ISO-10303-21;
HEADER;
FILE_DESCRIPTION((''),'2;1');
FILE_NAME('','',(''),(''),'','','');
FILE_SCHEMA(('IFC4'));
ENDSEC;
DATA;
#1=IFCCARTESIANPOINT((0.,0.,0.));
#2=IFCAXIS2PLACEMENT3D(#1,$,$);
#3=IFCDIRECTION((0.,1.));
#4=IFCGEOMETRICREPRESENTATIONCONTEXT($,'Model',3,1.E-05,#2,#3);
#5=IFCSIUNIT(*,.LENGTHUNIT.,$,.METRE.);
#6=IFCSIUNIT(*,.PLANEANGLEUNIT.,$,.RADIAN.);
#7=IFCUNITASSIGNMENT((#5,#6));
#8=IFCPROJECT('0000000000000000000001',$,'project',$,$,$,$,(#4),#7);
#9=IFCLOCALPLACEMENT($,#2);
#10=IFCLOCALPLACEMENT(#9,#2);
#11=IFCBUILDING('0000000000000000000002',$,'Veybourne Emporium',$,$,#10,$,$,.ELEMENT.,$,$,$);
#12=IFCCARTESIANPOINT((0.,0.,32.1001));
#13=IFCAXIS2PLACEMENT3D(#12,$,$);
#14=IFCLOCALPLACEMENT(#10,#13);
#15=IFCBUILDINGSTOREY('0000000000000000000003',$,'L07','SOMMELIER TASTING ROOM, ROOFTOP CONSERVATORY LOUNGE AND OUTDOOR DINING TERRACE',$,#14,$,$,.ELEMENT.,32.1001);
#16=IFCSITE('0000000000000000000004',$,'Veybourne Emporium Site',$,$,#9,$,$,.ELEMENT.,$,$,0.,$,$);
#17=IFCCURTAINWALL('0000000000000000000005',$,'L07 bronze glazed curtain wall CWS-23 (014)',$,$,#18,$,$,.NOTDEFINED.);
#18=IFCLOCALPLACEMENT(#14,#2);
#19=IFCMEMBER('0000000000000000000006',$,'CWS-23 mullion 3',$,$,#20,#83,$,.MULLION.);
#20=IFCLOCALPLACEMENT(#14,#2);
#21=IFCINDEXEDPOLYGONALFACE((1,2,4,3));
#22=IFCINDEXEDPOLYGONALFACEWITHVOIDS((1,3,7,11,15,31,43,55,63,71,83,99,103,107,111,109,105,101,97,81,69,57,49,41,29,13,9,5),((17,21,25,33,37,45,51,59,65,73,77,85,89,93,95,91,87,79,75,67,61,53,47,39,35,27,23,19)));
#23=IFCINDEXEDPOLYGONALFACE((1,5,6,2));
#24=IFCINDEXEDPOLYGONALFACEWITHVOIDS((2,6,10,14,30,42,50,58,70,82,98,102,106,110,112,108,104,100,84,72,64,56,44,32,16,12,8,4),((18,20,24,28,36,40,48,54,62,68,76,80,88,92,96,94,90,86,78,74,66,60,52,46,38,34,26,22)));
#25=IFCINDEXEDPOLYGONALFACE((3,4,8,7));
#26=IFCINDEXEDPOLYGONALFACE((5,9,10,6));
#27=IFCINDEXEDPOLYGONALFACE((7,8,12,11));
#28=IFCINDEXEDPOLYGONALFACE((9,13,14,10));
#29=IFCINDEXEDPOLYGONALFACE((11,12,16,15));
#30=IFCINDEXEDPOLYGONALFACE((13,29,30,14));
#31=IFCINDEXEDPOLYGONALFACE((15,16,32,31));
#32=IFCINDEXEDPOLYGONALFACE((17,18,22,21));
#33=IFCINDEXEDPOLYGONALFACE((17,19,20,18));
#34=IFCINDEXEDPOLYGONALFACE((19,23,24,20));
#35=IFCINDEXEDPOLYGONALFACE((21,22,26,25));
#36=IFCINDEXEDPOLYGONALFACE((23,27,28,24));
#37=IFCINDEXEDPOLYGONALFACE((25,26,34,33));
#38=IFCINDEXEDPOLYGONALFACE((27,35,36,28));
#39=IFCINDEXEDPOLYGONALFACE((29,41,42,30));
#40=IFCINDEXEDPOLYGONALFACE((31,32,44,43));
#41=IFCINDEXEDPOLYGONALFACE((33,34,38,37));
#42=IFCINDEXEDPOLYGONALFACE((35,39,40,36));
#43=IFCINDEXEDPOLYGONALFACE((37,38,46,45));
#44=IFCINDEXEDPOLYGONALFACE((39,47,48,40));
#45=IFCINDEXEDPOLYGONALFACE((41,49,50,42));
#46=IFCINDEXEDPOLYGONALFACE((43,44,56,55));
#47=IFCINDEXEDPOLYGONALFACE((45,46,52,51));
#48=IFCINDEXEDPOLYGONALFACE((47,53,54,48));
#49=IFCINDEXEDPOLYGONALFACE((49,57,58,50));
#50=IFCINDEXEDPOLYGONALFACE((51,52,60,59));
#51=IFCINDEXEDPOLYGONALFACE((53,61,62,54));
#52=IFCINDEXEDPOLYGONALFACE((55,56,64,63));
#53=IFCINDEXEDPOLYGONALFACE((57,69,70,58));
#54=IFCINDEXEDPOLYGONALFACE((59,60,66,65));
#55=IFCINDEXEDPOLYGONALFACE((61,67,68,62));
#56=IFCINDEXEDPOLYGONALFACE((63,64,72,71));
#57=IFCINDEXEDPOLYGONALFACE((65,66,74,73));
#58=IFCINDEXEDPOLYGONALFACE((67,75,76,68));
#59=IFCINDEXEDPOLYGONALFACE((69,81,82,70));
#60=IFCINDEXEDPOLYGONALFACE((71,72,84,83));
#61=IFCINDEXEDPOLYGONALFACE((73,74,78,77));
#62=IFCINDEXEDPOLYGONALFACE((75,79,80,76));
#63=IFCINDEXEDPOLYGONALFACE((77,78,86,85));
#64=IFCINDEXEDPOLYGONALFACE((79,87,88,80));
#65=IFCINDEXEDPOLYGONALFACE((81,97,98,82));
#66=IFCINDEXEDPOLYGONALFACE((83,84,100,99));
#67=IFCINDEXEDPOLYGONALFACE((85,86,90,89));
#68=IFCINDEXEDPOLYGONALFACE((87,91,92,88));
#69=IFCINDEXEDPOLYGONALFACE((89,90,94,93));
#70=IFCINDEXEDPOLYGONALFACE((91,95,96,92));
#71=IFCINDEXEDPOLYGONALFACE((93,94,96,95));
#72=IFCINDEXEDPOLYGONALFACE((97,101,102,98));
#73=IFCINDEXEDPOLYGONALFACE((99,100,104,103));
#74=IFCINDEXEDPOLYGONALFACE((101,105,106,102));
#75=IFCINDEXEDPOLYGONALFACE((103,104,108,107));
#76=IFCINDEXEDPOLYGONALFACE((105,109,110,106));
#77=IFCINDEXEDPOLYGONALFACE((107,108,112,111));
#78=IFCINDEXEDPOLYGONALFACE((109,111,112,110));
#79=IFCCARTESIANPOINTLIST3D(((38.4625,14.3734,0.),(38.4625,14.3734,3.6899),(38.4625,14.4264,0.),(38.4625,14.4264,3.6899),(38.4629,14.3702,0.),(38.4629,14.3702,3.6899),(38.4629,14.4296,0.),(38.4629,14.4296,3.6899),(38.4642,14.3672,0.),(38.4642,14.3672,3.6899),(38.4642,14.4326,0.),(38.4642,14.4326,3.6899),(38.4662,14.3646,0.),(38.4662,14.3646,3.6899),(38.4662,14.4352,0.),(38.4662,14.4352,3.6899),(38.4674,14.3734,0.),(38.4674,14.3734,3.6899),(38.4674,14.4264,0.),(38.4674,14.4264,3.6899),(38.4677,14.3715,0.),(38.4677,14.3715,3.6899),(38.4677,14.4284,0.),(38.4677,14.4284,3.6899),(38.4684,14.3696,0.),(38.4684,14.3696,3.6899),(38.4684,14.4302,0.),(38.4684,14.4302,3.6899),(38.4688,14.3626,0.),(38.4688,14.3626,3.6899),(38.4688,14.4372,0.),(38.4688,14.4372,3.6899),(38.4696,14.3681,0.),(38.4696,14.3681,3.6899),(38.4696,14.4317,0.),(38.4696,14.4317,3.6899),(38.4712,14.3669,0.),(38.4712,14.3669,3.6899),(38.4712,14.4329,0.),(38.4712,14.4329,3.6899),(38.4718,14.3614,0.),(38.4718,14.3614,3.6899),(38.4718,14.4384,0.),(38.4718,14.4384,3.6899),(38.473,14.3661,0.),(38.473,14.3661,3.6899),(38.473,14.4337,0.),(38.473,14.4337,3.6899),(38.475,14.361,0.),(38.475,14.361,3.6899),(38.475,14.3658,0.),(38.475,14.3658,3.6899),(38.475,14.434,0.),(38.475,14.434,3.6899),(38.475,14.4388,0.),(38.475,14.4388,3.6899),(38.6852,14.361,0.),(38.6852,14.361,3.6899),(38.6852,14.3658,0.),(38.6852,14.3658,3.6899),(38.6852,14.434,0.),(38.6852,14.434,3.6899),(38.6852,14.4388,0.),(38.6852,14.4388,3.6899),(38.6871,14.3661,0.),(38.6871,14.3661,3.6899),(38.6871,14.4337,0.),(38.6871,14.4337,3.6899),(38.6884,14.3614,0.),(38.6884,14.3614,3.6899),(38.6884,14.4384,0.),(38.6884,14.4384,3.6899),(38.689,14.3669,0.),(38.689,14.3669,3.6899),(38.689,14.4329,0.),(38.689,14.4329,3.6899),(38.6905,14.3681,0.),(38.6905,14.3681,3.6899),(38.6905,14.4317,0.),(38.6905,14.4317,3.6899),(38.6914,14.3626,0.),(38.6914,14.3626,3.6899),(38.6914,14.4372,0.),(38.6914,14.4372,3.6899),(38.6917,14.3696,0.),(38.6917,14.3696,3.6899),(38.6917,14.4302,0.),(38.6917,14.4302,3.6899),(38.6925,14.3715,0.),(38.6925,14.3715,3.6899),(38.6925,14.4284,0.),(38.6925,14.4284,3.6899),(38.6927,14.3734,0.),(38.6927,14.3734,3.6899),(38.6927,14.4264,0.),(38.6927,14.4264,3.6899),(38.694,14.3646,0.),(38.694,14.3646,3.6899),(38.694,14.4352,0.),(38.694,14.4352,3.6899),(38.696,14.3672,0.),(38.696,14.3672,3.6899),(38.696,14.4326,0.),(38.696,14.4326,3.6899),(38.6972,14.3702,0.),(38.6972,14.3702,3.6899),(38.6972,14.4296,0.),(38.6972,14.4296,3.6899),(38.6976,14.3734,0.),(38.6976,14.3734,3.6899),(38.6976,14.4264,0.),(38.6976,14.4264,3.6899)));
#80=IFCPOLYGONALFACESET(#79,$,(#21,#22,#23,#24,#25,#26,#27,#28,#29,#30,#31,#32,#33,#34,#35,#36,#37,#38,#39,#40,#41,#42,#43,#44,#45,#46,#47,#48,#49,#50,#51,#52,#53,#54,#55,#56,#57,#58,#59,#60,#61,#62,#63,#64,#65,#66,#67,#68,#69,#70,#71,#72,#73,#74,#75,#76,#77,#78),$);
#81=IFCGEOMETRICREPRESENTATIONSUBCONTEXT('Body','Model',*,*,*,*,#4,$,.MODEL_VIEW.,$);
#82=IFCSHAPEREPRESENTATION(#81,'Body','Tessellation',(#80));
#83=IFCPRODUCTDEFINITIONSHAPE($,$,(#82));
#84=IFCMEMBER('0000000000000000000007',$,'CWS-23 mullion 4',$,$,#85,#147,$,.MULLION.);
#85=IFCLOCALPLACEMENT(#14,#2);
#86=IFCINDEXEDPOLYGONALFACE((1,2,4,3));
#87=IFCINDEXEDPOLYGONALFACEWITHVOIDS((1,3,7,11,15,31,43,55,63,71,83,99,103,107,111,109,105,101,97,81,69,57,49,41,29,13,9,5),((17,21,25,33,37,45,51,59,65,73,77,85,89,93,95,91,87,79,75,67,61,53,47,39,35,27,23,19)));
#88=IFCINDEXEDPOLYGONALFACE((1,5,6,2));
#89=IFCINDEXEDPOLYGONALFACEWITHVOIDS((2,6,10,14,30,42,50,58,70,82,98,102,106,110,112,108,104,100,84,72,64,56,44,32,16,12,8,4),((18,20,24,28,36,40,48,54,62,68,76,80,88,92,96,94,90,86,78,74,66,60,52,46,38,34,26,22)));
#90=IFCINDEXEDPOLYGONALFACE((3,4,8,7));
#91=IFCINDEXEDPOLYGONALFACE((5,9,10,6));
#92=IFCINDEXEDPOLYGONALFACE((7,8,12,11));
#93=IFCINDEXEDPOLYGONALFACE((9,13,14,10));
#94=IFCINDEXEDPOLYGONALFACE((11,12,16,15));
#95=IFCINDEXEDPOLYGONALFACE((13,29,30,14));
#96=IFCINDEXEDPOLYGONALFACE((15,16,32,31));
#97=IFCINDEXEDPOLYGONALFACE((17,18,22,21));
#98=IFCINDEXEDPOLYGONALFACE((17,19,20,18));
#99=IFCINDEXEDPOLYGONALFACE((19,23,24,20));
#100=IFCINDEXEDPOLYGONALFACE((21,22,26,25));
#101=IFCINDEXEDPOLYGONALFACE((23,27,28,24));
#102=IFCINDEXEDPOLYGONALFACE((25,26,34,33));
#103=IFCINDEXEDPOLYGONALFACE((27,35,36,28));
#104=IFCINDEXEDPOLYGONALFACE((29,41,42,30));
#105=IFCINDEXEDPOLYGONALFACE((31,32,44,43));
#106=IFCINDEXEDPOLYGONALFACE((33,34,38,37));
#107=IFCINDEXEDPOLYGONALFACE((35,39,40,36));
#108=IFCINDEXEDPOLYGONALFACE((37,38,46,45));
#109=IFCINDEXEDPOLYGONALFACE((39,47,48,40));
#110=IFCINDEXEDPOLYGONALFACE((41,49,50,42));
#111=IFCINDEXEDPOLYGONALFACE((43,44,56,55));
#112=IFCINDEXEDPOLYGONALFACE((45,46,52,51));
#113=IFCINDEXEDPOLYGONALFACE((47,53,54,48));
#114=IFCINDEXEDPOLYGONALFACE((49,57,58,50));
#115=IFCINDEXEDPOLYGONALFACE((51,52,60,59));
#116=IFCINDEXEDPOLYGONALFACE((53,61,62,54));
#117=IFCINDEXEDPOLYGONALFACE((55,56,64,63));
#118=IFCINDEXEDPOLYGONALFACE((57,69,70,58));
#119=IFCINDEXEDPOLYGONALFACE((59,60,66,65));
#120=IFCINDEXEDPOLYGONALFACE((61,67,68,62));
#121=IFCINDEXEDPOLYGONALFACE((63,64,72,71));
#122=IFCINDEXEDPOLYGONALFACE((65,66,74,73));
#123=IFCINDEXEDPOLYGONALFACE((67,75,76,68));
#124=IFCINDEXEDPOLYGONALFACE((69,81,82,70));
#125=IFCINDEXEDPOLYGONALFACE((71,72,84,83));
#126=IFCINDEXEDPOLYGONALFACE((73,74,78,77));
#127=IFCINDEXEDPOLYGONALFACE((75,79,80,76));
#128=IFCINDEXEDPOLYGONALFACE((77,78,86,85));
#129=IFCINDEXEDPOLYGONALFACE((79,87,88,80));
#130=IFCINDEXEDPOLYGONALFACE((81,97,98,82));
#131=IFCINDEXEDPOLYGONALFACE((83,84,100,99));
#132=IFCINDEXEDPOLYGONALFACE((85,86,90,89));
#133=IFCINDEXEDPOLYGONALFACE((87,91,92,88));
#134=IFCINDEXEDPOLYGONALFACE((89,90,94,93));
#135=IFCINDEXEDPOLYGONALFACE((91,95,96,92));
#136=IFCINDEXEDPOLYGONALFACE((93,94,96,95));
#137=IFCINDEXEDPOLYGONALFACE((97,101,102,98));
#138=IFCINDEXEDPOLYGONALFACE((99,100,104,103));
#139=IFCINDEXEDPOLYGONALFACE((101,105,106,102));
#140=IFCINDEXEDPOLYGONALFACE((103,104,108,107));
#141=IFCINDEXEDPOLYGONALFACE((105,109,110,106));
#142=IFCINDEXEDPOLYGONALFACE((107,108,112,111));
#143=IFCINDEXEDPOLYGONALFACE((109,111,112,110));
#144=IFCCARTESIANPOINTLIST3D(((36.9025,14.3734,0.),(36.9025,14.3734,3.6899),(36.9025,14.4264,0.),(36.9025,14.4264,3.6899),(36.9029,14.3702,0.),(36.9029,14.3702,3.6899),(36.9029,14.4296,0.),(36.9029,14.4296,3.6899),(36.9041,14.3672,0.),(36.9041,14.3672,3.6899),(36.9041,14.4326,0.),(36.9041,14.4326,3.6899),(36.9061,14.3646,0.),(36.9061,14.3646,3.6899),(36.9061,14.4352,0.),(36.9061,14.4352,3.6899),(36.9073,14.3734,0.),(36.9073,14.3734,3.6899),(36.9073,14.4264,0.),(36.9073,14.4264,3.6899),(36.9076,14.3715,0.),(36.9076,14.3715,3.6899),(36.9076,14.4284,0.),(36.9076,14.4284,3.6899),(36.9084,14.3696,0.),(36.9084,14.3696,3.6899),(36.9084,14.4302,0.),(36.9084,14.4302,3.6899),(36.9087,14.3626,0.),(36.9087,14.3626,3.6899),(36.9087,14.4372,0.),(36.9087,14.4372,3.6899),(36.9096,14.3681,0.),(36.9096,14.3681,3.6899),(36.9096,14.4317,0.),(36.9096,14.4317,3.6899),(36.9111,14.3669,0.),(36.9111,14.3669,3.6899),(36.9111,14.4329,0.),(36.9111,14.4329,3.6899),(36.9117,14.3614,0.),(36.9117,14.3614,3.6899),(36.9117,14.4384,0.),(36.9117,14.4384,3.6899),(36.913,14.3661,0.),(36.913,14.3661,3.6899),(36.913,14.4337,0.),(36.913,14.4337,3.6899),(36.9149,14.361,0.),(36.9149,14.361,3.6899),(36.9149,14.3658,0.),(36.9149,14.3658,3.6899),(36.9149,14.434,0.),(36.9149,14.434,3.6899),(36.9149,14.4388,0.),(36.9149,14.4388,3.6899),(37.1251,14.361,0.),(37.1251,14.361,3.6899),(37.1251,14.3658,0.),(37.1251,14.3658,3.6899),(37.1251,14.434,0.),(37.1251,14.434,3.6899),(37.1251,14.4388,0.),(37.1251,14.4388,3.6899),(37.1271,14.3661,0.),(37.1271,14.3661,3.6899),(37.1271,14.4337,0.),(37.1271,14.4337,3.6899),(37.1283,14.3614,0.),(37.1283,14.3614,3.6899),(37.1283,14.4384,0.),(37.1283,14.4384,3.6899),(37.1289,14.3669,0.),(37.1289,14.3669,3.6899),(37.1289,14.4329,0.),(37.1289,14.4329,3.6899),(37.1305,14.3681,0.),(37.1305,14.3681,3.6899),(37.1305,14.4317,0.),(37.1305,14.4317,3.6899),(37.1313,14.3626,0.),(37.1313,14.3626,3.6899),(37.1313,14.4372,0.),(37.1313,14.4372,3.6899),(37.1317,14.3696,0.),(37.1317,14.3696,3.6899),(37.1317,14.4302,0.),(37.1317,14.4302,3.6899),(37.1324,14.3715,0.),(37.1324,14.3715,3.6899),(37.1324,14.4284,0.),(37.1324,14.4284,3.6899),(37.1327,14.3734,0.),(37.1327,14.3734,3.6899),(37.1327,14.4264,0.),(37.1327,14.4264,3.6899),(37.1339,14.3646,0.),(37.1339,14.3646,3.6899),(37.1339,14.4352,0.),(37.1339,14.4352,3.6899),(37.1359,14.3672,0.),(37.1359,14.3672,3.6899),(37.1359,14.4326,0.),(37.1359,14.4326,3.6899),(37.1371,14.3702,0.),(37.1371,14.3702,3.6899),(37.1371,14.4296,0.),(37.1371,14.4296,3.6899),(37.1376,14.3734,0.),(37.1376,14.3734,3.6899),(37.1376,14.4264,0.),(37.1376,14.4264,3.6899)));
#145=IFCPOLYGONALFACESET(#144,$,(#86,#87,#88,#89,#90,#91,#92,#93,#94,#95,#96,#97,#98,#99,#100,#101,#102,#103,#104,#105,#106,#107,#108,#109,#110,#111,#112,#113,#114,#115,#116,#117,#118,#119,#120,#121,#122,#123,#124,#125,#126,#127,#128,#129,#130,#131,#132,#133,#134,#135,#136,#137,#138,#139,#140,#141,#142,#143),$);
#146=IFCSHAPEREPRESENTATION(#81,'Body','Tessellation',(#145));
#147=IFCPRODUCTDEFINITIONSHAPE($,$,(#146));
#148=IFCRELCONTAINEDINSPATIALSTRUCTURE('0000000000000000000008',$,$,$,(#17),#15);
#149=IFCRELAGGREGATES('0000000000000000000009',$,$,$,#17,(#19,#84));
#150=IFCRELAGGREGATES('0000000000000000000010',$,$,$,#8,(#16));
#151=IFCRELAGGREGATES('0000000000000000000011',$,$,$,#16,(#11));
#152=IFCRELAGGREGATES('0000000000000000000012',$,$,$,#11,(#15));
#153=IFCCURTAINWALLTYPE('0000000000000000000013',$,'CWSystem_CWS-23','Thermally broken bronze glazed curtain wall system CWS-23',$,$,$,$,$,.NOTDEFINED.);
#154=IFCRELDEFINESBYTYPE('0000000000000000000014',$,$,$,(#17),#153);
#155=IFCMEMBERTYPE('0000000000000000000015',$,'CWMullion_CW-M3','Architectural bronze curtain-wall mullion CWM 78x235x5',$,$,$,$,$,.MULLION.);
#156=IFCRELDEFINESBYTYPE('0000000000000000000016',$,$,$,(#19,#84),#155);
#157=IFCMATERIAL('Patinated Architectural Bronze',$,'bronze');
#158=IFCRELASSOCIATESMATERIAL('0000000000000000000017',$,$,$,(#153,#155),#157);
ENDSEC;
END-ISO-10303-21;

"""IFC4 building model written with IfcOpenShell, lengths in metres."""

from ifc_helpers import new_model, si_unit, direction, frame, origin, origin_2d, place, context, subcontext, project, spatial, hollow_rectangle, extrude, material, material_profile, profile_set, type_object, element, aggregate, save


model = new_model("IFC4")

# Units and contexts
model_context = context("Model", 3, precision=1e-05, world=origin(), true_north=direction((0.0, 1.0)))
body_context = subcontext(model_context, "Body", "Model", "MODEL_VIEW")
ifc_project = project(units=[si_unit("LENGTHUNIT", "METRE"), si_unit("PLANEANGLEUNIT", "RADIAN")], contexts=[model_context])

# Site, building, storey
site_placement = place(None, origin())
site = spatial("IfcSite", under=ifc_project, at=site_placement, Name="Veybourne Emporium Site", CompositionType="ELEMENT", RefElevation=0.0)
building_placement = place(site_placement, origin())
building = spatial("IfcBuilding", under=site, at=building_placement, Name="Veybourne Emporium", CompositionType="ELEMENT")
storey_placement = place(building_placement, frame((0.0, 0.0, 32.1001)))
storey = spatial("IfcBuildingStorey", under=building, at=storey_placement, Name="L07", Description="SOMMELIER TASTING ROOM, ROOFTOP CONSERVATORY LOUNGE AND OUTDOOR DINING TERRACE", CompositionType="ELEMENT", Elevation=32.1001)

# Curtain wall, members
ifc_material_1 = material(Name="Patinated Architectural Bronze", Category="bronze")
curtain_wall_type_1 = type_object("IfcCurtainWallType", Name="CWSystem_CWS-23", Description="Thermally broken bronze glazed curtain wall system CWS-23", PredefinedType="NOTDEFINED", material=ifc_material_1)
curtain_wall_1_placement = place(storey_placement, origin())
curtain_wall_1 = element("IfcCurtainWall", 1, at=curtain_wall_1_placement, inside=storey, type_object=curtain_wall_type_1, Name="L07 bronze glazed curtain wall CWS-23 (014)", PredefinedType="NOTDEFINED")
ifc_material_profile_1 = material_profile(ifc_material_1, hollow_rectangle(XDim=0.0779, YDim=0.2351, WallThickness=0.0049, InnerFilletRadius=0.0076, OuterFilletRadius=0.0125, at=origin_2d()), Name="CWM 78x235x5")
ifc_profile_set_1 = profile_set([ifc_material_profile_1], Name="Patinated Architectural Bronze")
member_type_1 = type_object("IfcMemberType", Name="CWMullion_CW-M3", Description="Architectural bronze curtain-wall mullion CWM 78x235x5", PredefinedType="MULLION", material=ifc_profile_set_1)
member_1_placement = place(storey_placement, frame((38.5801, 14.3999, 0.0), z_axis=(0.0, 0.0, 1.0), x_axis=(0.0, -1.0, 0.0)))
member_1 = element("IfcMember", 2, at=member_1_placement, type_object=member_type_1, Name="CWS-23 mullion 3", PredefinedType="MULLION", context=body_context, shape_type="SweptSolid", body=[
    extrude(hollow_rectangle(XDim=0.0779, YDim=0.2351, WallThickness=0.0049, InnerFilletRadius=0.0076, OuterFilletRadius=0.0125, at=origin_2d()), origin(), (0.0, 0.0, 1.0), 3.6899),
])
member_2_placement = place(storey_placement, frame((37.02, 14.3999, 0.0), z_axis=(0.0, 0.0, 1.0), x_axis=(0.0, -1.0, 0.0)))
member_2 = element("IfcMember", 3, at=member_2_placement, type_object=member_type_1, Name="CWS-23 mullion 4", PredefinedType="MULLION", context=body_context, shape_type="SweptSolid", body=[
    extrude(hollow_rectangle(XDim=0.0779, YDim=0.2351, WallThickness=0.0049, InnerFilletRadius=0.0076, OuterFilletRadius=0.0125, at=origin_2d()), origin(), (0.0, 0.0, 1.0), 3.6899),
])

aggregate(curtain_wall_1, [member_1, member_2])

save(model, "model.ifc")
